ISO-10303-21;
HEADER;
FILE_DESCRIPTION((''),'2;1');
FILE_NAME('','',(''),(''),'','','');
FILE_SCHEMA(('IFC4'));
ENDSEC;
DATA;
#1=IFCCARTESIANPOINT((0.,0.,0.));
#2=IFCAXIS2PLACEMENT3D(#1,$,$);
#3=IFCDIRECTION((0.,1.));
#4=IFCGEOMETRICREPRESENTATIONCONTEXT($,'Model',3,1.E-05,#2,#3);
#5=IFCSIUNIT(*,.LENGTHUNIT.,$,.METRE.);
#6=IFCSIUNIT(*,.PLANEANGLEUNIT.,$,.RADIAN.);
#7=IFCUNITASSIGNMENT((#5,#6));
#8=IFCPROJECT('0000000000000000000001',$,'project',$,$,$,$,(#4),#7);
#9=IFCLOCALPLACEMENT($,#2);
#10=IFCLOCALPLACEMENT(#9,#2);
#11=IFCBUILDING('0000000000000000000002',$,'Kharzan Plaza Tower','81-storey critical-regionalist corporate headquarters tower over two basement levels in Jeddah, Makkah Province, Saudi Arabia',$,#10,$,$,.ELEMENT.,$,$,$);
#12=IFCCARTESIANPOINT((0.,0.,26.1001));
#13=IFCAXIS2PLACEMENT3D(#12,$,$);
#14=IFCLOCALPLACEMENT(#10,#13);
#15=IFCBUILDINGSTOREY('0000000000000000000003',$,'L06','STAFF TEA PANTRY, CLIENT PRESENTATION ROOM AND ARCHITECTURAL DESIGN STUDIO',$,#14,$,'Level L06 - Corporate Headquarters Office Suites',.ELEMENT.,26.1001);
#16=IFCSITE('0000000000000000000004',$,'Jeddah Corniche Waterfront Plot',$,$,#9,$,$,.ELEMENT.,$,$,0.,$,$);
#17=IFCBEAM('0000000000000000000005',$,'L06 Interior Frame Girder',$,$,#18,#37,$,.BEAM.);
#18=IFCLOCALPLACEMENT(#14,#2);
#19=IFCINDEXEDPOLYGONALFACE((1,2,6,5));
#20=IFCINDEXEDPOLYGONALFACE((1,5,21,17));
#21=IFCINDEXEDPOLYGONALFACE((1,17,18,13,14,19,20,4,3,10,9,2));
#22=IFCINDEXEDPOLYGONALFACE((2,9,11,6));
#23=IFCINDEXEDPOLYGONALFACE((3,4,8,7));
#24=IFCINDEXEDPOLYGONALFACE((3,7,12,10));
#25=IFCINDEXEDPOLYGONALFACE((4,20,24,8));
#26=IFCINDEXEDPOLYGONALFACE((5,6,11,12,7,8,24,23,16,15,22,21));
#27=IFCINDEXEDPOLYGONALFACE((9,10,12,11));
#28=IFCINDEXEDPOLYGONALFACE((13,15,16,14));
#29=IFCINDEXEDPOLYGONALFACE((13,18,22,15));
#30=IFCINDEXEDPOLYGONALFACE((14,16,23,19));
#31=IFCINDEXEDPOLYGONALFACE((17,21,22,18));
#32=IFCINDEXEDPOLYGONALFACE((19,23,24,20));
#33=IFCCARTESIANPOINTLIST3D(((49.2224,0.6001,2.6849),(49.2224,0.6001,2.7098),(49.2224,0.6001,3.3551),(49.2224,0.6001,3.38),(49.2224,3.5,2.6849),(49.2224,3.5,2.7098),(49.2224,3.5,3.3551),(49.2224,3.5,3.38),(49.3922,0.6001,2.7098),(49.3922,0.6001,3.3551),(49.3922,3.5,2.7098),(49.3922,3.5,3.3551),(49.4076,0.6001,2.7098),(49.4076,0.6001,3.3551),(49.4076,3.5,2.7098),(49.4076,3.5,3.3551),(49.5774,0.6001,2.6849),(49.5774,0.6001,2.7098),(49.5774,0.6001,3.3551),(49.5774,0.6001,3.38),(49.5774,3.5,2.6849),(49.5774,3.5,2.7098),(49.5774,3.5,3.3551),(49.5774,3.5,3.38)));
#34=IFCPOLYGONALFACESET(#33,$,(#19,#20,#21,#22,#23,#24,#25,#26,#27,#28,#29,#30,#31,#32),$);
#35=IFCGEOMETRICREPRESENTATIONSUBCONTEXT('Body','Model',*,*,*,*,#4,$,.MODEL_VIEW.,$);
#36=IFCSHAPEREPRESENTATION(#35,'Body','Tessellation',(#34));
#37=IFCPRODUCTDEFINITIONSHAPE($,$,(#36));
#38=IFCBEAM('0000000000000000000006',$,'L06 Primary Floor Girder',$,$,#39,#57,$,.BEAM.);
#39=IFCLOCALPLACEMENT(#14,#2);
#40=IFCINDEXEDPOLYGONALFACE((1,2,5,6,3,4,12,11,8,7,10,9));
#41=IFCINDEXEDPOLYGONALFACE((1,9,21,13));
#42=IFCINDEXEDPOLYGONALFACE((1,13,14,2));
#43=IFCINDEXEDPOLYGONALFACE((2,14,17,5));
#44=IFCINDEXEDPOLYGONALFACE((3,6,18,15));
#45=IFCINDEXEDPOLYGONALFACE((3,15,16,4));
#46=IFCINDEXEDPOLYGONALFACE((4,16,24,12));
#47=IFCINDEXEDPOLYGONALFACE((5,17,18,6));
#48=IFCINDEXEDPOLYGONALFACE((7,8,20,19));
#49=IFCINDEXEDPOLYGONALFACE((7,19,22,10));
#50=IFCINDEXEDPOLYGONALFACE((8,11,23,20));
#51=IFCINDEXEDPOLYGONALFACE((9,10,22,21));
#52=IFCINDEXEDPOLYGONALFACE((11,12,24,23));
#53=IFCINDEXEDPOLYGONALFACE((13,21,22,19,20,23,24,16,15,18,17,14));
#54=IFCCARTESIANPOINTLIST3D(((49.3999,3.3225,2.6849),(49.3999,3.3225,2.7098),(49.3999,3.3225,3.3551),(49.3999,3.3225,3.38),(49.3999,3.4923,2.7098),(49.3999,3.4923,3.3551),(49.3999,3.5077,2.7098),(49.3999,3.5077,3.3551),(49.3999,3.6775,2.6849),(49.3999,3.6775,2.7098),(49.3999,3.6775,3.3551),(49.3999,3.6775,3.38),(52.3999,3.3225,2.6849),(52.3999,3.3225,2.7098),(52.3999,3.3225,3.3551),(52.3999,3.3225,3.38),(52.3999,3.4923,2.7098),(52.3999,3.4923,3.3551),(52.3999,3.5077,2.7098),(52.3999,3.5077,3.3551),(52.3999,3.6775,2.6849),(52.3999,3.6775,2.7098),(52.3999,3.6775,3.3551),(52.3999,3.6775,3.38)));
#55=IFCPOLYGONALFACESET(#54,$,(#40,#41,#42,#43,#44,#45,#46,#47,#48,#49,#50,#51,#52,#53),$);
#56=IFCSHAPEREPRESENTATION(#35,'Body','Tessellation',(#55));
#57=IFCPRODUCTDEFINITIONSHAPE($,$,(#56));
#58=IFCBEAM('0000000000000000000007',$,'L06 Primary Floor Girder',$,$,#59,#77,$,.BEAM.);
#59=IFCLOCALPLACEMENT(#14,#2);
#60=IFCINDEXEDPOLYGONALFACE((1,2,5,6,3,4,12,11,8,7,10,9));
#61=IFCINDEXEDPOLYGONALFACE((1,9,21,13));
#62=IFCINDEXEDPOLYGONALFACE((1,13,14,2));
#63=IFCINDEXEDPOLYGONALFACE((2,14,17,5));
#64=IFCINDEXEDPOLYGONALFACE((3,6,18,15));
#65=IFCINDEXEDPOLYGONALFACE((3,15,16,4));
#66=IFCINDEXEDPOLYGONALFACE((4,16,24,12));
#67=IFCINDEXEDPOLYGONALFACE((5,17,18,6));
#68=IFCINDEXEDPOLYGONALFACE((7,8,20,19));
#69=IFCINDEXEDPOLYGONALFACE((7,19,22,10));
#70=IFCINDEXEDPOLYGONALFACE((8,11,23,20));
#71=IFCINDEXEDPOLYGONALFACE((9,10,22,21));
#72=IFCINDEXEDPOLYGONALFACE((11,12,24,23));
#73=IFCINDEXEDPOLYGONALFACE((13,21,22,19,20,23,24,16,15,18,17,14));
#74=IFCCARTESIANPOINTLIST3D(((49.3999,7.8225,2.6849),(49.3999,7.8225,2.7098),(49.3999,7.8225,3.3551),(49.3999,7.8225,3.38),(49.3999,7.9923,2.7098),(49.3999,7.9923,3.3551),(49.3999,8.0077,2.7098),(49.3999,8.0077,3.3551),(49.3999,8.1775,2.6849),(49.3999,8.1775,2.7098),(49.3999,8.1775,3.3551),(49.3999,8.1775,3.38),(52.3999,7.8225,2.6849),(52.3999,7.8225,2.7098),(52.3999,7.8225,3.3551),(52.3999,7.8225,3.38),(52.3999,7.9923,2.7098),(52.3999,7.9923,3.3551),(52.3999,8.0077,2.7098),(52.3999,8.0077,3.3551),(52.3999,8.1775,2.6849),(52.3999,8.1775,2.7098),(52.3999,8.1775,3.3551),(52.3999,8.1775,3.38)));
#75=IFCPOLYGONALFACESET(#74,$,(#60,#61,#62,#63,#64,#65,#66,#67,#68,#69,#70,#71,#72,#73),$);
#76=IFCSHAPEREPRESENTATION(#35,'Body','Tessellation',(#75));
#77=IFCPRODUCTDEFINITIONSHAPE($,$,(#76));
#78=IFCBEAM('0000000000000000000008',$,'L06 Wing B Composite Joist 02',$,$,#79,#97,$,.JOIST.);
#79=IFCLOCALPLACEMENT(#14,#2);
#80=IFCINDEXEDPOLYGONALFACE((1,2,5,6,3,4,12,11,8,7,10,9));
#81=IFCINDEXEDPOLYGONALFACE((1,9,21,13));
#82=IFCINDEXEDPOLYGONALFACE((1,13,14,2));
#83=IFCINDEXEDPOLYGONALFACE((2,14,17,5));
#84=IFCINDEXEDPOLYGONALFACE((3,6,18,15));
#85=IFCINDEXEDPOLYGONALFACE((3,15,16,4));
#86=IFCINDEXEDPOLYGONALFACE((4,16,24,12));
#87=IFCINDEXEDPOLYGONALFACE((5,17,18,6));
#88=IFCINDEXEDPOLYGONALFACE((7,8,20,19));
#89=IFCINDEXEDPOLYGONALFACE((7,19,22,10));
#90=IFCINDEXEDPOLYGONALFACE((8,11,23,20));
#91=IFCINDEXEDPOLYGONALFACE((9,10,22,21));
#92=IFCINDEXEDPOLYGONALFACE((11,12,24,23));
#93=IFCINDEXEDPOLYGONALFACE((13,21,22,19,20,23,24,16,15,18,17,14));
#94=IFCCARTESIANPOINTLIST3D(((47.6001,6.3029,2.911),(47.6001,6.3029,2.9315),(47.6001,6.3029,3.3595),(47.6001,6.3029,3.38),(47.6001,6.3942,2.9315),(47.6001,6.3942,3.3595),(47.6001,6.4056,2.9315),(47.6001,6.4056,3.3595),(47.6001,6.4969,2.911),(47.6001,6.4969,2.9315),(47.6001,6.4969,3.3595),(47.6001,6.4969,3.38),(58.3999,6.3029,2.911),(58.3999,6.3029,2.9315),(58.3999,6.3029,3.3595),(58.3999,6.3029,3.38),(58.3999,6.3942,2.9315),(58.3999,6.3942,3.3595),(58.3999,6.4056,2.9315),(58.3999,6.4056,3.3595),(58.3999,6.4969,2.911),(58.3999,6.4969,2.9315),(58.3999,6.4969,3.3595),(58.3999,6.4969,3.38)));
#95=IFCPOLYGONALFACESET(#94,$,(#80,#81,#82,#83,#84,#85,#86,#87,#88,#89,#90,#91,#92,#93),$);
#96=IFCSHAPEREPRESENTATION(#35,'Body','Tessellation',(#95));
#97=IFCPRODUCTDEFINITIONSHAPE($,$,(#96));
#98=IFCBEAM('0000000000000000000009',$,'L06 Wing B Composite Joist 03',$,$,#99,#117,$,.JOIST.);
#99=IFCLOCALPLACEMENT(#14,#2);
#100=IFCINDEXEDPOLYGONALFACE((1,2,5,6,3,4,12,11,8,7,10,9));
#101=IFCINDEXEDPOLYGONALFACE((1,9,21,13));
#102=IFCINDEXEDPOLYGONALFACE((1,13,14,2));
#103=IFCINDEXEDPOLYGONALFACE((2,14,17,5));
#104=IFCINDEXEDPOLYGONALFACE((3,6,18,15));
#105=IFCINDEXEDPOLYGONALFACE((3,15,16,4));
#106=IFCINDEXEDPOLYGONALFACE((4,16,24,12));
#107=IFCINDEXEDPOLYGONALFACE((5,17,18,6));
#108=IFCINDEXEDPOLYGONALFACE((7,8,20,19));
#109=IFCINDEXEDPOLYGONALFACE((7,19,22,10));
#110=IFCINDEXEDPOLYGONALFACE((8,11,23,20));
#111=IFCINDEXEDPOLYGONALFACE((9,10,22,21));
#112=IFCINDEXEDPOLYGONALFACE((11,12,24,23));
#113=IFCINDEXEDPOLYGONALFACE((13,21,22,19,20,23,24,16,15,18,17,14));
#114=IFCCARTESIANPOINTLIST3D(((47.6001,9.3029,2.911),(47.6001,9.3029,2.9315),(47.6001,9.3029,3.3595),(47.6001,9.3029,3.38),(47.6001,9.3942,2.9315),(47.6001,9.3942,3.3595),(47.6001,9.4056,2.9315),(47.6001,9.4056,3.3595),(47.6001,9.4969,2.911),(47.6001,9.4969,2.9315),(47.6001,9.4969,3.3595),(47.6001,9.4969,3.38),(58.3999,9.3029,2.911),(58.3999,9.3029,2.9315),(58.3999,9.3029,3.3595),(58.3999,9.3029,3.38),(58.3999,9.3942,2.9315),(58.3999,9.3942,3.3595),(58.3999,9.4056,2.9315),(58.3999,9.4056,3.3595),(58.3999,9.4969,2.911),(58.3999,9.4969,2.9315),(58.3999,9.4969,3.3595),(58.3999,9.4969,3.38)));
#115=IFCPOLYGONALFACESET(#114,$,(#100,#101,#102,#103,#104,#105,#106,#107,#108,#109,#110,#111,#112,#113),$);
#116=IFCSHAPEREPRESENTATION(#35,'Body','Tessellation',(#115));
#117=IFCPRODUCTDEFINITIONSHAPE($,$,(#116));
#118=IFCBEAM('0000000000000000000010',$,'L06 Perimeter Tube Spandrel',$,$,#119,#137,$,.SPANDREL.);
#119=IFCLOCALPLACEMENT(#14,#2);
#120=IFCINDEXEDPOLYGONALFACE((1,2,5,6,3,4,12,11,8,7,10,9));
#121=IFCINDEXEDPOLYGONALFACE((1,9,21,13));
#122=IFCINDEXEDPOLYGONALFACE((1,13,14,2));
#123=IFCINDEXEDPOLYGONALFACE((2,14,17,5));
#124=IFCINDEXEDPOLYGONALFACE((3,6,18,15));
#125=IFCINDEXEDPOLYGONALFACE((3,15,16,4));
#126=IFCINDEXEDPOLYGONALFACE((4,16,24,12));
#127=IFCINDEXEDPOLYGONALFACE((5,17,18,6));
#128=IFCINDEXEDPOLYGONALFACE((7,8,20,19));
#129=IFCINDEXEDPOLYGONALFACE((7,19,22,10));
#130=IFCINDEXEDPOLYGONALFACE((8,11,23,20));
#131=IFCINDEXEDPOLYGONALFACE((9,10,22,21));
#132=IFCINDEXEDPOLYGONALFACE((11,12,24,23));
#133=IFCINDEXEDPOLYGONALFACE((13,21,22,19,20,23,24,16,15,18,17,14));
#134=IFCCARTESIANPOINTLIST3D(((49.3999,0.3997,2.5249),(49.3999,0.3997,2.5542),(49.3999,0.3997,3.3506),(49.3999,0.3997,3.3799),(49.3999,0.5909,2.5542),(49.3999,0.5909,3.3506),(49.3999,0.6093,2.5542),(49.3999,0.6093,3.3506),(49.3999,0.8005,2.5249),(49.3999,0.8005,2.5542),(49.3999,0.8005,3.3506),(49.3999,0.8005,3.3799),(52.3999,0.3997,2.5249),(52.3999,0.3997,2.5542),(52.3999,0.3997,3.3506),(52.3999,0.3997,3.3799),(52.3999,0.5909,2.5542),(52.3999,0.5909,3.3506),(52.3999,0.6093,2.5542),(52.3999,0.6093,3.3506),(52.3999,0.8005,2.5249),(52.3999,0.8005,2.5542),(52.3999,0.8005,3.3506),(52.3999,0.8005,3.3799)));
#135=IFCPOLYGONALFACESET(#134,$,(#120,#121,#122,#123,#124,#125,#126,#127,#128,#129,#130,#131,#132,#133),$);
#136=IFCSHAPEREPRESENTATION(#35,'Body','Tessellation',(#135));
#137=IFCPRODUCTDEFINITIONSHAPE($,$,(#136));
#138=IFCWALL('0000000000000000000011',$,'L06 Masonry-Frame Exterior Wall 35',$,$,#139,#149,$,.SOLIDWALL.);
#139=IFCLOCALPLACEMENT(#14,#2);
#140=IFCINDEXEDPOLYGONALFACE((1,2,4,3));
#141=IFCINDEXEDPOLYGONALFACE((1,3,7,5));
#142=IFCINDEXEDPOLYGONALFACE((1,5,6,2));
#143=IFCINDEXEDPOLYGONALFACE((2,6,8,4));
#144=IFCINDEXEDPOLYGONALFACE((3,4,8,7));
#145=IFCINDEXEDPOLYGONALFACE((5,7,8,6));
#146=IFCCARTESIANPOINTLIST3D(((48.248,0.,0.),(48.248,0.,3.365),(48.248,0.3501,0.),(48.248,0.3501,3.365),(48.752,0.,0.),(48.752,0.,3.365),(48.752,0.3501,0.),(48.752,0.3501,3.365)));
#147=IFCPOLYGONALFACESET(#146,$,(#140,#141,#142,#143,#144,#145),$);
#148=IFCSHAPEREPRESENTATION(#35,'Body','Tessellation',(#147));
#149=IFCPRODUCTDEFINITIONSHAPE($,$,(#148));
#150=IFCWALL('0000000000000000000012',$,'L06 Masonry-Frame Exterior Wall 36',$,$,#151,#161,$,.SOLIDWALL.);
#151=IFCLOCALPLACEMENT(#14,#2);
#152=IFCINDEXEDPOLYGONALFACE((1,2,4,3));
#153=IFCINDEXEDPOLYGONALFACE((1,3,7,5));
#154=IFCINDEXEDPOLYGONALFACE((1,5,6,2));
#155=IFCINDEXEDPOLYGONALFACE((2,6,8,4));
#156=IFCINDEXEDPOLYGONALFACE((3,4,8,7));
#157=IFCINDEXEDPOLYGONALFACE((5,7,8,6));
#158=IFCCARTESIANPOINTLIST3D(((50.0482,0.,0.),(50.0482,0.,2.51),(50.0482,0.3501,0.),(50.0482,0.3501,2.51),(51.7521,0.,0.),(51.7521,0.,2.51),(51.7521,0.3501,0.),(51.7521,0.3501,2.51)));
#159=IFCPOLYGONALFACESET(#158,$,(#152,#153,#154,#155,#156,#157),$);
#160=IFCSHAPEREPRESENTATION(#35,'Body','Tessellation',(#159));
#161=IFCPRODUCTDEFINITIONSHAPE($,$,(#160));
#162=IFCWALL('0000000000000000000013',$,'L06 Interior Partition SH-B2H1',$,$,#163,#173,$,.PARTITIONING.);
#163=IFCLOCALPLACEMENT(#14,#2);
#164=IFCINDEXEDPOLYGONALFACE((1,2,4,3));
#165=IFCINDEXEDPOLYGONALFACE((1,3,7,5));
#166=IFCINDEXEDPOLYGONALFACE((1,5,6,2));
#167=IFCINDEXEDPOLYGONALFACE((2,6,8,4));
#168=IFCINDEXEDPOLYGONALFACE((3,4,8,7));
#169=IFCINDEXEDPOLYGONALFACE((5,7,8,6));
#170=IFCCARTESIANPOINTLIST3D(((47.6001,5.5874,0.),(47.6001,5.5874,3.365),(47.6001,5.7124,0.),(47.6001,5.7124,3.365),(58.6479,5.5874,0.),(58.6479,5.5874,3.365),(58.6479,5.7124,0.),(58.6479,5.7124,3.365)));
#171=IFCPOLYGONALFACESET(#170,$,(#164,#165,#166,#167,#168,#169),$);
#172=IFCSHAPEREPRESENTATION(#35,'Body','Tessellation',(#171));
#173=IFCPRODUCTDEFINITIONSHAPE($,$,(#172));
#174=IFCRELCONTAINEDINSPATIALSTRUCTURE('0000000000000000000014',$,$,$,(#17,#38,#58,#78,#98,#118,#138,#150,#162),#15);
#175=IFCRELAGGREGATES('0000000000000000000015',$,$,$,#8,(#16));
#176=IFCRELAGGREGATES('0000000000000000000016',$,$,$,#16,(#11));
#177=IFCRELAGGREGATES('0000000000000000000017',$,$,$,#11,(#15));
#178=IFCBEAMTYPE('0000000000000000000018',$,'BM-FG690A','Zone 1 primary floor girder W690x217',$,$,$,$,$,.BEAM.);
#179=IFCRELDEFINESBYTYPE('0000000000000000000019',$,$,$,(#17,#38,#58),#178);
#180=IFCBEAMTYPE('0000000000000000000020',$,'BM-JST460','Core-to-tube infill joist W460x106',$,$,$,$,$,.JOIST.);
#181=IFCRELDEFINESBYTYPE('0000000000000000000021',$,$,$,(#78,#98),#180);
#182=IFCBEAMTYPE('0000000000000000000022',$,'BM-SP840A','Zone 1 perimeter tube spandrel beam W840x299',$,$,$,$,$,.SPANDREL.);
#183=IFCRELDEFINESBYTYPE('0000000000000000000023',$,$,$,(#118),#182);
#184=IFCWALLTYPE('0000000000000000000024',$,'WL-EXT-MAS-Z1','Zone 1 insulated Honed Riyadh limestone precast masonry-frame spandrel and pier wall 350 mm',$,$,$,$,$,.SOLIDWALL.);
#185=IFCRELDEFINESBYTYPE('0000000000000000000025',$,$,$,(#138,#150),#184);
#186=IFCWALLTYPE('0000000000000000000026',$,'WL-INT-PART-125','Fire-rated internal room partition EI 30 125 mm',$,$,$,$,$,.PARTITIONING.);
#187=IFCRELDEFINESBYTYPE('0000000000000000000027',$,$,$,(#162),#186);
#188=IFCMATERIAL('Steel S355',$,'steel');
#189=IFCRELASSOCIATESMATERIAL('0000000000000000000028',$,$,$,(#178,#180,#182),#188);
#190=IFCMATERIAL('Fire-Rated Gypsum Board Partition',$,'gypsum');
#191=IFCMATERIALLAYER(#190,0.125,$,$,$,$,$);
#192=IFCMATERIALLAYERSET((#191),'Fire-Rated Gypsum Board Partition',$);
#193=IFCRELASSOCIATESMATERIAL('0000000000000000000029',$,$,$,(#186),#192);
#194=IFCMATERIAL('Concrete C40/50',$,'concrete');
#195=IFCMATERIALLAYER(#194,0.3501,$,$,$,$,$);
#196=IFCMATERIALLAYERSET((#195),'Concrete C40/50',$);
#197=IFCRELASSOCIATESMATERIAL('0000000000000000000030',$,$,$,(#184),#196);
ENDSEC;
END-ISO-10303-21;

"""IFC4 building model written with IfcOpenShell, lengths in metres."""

from ifc_helpers import new_model, si_unit, direction, frame, frame_2d, origin, origin_2d, place, context, subcontext, project, spatial, rectangle, i_section, extrude, source, transform, mapped, material, layer, layer_set, material_profile, profile_set, type_object, element, save


model = new_model("IFC4")

# Units and contexts
model_context = context("Model", 3, precision=1e-05, world=origin(), true_north=direction((0.0, 1.0)))
body_context = subcontext(model_context, "Body", "Model", "MODEL_VIEW")
ifc_project = project(units=[si_unit("LENGTHUNIT", "METRE"), si_unit("PLANEANGLEUNIT", "RADIAN")], contexts=[model_context])

# Site, building, storey
site_placement = place(None, origin())
site = spatial("IfcSite", under=ifc_project, at=site_placement, Name="Jeddah Corniche Waterfront Plot", CompositionType="ELEMENT", RefElevation=0.0)
building_placement = place(site_placement, origin())
building = spatial("IfcBuilding", under=site, at=building_placement, Name="Kharzan Plaza Tower", Description="81-storey critical-regionalist corporate headquarters tower over two basement levels in Jeddah, Makkah Province, Saudi Arabia", CompositionType="ELEMENT")
storey_placement = place(building_placement, frame((0.0, 0.0, 26.1001)))
storey = spatial("IfcBuildingStorey", under=building, at=storey_placement, Name="L06", Description="STAFF TEA PANTRY, CLIENT PRESENTATION ROOM AND ARCHITECTURAL DESIGN STUDIO", LongName="Level L06 - Corporate Headquarters Office Suites", CompositionType="ELEMENT", Elevation=26.1001)

# Beams
ifc_material_1 = material(Name="Steel S355", Category="steel")
ifc_material_profile_1 = material_profile(ifc_material_1, i_section(OverallWidth=0.355, OverallDepth=0.6951, WebThickness=0.0154, FlangeThickness=0.0249, at=origin_2d()), Name="W690x217")
ifc_profile_set_1 = profile_set([ifc_material_profile_1], Name="Steel S355")
beam_type_1 = type_object("IfcBeamType", Name="BM-FG690A", Description="Zone 1 primary floor girder W690x217", PredefinedType="BEAM", material=ifc_profile_set_1)
shared_shape_1 = source(origin(), body_context, "Body", "SweptSolid", [
    extrude(i_section(OverallWidth=0.355, OverallDepth=0.6951, WebThickness=0.0154, FlangeThickness=0.0249, at=origin_2d()), origin(), (0.0, 0.0, 1.0), 2.8999),
])
for number, where, z_axis, x_axis, name in (
    (1, (49.3999, 0.6001, 3.0325), (0.0, 1.0, 0.0), (-1.0, 0.0, 0.0), "L06 Interior Frame Girder"),
):
    element("IfcBeam", number, at=place(storey_placement, frame(where, z_axis=z_axis, x_axis=x_axis)), inside=storey, type_object=beam_type_1, Name=name, PredefinedType="BEAM", context=body_context, shape_type="MappedRepresentation", body=[
        mapped(shared_shape_1, transform((0.0, 0.0, 0.0), x_axis=(1.0, 0.0, 0.0), y_axis=(0.0, 1.0, 0.0), z_axis=(0.0, 0.0, 1.0))),
    ])
shared_shape_2 = source(origin(), body_context, "Body", "SweptSolid", [
    extrude(i_section(OverallWidth=0.355, OverallDepth=0.6951, WebThickness=0.0154, FlangeThickness=0.0249, at=origin_2d()), origin(), (0.0, 0.0, 1.0), 3.0),
])
for number, where, z_axis, x_axis, name in (
    (2, (49.3999, 3.5, 3.0325), (1.0, 0.0, 0.0), (0.0, 1.0, 0.0), "L06 Primary Floor Girder"),
    (3, (49.3999, 8.0, 3.0325), (1.0, 0.0, 0.0), (0.0, 1.0, 0.0), "L06 Primary Floor Girder"),
):
    element("IfcBeam", number, at=place(storey_placement, frame(where, z_axis=z_axis, x_axis=x_axis)), inside=storey, type_object=beam_type_1, Name=name, PredefinedType="BEAM", context=body_context, shape_type="MappedRepresentation", body=[
        mapped(shared_shape_2, transform((0.0, 0.0, 0.0), x_axis=(1.0, 0.0, 0.0), y_axis=(0.0, 1.0, 0.0), z_axis=(0.0, 0.0, 1.0))),
    ])
ifc_material_profile_2 = material_profile(ifc_material_1, i_section(OverallWidth=0.1941, OverallDepth=0.469, WebThickness=0.0115, FlangeThickness=0.0205, at=origin_2d()), Name="W460x106")
ifc_profile_set_2 = profile_set([ifc_material_profile_2], Name="Steel S355")
beam_type_2 = type_object("IfcBeamType", Name="BM-JST460", Description="Core-to-tube infill joist W460x106", PredefinedType="JOIST", material=ifc_profile_set_2)
shared_shape_3 = source(origin(), body_context, "Body", "SweptSolid", [
    extrude(i_section(OverallWidth=0.1941, OverallDepth=0.469, WebThickness=0.0115, FlangeThickness=0.0205, at=origin_2d()), origin(), (0.0, 0.0, 1.0), 10.7998),
])
for number, where, z_axis, x_axis, name in (
    (4, (47.6001, 6.3999, 3.1455), (1.0, 0.0, 0.0), (0.0, 1.0, 0.0), "L06 Wing B Composite Joist 02"),
    (5, (47.6001, 9.3999, 3.1455), (1.0, 0.0, 0.0), (0.0, 1.0, 0.0), "L06 Wing B Composite Joist 03"),
):
    element("IfcBeam", number, at=place(storey_placement, frame(where, z_axis=z_axis, x_axis=x_axis)), inside=storey, type_object=beam_type_2, Name=name, PredefinedType="JOIST", context=body_context, shape_type="MappedRepresentation", body=[
        mapped(shared_shape_3, transform((0.0, 0.0, 0.0), x_axis=(1.0, 0.0, 0.0), y_axis=(0.0, 1.0, 0.0), z_axis=(0.0, 0.0, 1.0))),
    ])
ifc_material_profile_3 = material_profile(ifc_material_1, i_section(OverallWidth=0.4009, OverallDepth=0.855, WebThickness=0.0183, FlangeThickness=0.0293, at=origin_2d()), Name="W840x299")
ifc_profile_set_3 = profile_set([ifc_material_profile_3], Name="Steel S355")
beam_type_3 = type_object("IfcBeamType", Name="BM-SP840A", Description="Zone 1 perimeter tube spandrel beam W840x299", PredefinedType="SPANDREL", material=ifc_profile_set_3)
shared_shape_4 = source(origin(), body_context, "Body", "SweptSolid", [
    extrude(i_section(OverallWidth=0.4009, OverallDepth=0.855, WebThickness=0.0183, FlangeThickness=0.0293, at=origin_2d()), origin(), (0.0, 0.0, 1.0), 3.0),
])
beam_placement = place(storey_placement, frame((49.3999, 0.6001, 2.9524), z_axis=(1.0, 0.0, 0.0), x_axis=(0.0, 1.0, 0.0)))
element("IfcBeam", 6, at=beam_placement, inside=storey, type_object=beam_type_3, Name="L06 Perimeter Tube Spandrel", PredefinedType="SPANDREL", context=body_context, shape_type="MappedRepresentation", body=[
    mapped(shared_shape_4, transform((0.0, 0.0, 0.0), x_axis=(1.0, 0.0, 0.0), y_axis=(0.0, 1.0, 0.0), z_axis=(0.0, 0.0, 1.0))),
])

# Shared definitions
ifc_material_2 = material(Name="Fire-Rated Gypsum Board Partition", Category="gypsum")
ifc_layer_1 = layer(ifc_material_2, 0.125)
ifc_layer_set_1 = layer_set([ifc_layer_1], Name="Fire-Rated Gypsum Board Partition")
wall_type_1 = type_object("IfcWallType", Name="WL-INT-PART-125", Description="Fire-rated internal room partition EI 30 125 mm", PredefinedType="PARTITIONING", material=ifc_layer_set_1)

# Walls
ifc_material_3 = material(Name="Concrete C40/50", Category="concrete")
ifc_layer_2 = layer(ifc_material_3, 0.3501)
ifc_layer_set_2 = layer_set([ifc_layer_2], Name="Concrete C40/50")
wall_type_2 = type_object("IfcWallType", Name="WL-EXT-MAS-Z1", Description="Zone 1 insulated Honed Riyadh limestone precast masonry-frame spandrel and pier wall 350 mm", PredefinedType="SOLIDWALL", material=ifc_layer_set_2)
shared_shape_5 = source(origin(), body_context, "Body", "SweptSolid", [
    extrude(rectangle(XDim=0.5039, YDim=0.3501, at=frame_2d((0.252, 0.0))), origin(), (0.0, 0.0, 1.0), 3.365),
])
wall_1_placement = place(storey_placement, frame((48.248, 0.175, 0.0), z_axis=(0.0, 0.0, 1.0), x_axis=(1.0, 0.0, 0.0)))
element("IfcWall", 7, at=wall_1_placement, inside=storey, type_object=wall_type_2, Name="L06 Masonry-Frame Exterior Wall 35", PredefinedType="SOLIDWALL", context=body_context, shape_type="MappedRepresentation", body=[
    mapped(shared_shape_5, transform((0.0, 0.0, 0.0), x_axis=(1.0, 0.0, 0.0), y_axis=(0.0, 1.0, 0.0), z_axis=(0.0, 0.0, 1.0))),
])
shared_shape_6 = source(origin(), body_context, "Body", "SweptSolid", [
    extrude(rectangle(XDim=1.7039, YDim=0.3501, at=frame_2d((0.8521, 0.0))), origin(), (0.0, 0.0, 1.0), 2.51),
])
wall_2_placement = place(storey_placement, frame((50.0481, 0.175, 0.0), z_axis=(0.0, 0.0, 1.0), x_axis=(1.0, 0.0, 0.0)))
element("IfcWall", 8, at=wall_2_placement, inside=storey, type_object=wall_type_2, Name="L06 Masonry-Frame Exterior Wall 36", PredefinedType="SOLIDWALL", context=body_context, shape_type="MappedRepresentation", body=[
    mapped(shared_shape_6, transform((0.0, 0.0, 0.0), x_axis=(1.0, 0.0, 0.0), y_axis=(0.0, 1.0, 0.0), z_axis=(0.0, 0.0, 1.0))),
])
shared_shape_7 = source(origin(), body_context, "Body", "SweptSolid", [
    extrude(rectangle(XDim=11.0479, YDim=0.125, at=frame_2d((5.5239, 0.0))), origin(), (0.0, 0.0, 1.0), 3.365),
])
for number, where, z_axis, x_axis, name in (
    (9, (47.6001, 5.6499, 0.0), (0.0, 0.0, 1.0), (1.0, 0.0, 0.0), "L06 Interior Partition SH-B2H1"),
):
    element("IfcWall", number, at=place(storey_placement, frame(where, z_axis=z_axis, x_axis=x_axis)), inside=storey, type_object=wall_type_1, Name=name, PredefinedType="PARTITIONING", context=body_context, shape_type="MappedRepresentation", body=[
        mapped(shared_shape_7, transform((0.0, 0.0, 0.0), x_axis=(1.0, 0.0, 0.0), y_axis=(0.0, 1.0, 0.0), z_axis=(0.0, 0.0, 1.0))),
    ])

save(model, "model.ifc")
